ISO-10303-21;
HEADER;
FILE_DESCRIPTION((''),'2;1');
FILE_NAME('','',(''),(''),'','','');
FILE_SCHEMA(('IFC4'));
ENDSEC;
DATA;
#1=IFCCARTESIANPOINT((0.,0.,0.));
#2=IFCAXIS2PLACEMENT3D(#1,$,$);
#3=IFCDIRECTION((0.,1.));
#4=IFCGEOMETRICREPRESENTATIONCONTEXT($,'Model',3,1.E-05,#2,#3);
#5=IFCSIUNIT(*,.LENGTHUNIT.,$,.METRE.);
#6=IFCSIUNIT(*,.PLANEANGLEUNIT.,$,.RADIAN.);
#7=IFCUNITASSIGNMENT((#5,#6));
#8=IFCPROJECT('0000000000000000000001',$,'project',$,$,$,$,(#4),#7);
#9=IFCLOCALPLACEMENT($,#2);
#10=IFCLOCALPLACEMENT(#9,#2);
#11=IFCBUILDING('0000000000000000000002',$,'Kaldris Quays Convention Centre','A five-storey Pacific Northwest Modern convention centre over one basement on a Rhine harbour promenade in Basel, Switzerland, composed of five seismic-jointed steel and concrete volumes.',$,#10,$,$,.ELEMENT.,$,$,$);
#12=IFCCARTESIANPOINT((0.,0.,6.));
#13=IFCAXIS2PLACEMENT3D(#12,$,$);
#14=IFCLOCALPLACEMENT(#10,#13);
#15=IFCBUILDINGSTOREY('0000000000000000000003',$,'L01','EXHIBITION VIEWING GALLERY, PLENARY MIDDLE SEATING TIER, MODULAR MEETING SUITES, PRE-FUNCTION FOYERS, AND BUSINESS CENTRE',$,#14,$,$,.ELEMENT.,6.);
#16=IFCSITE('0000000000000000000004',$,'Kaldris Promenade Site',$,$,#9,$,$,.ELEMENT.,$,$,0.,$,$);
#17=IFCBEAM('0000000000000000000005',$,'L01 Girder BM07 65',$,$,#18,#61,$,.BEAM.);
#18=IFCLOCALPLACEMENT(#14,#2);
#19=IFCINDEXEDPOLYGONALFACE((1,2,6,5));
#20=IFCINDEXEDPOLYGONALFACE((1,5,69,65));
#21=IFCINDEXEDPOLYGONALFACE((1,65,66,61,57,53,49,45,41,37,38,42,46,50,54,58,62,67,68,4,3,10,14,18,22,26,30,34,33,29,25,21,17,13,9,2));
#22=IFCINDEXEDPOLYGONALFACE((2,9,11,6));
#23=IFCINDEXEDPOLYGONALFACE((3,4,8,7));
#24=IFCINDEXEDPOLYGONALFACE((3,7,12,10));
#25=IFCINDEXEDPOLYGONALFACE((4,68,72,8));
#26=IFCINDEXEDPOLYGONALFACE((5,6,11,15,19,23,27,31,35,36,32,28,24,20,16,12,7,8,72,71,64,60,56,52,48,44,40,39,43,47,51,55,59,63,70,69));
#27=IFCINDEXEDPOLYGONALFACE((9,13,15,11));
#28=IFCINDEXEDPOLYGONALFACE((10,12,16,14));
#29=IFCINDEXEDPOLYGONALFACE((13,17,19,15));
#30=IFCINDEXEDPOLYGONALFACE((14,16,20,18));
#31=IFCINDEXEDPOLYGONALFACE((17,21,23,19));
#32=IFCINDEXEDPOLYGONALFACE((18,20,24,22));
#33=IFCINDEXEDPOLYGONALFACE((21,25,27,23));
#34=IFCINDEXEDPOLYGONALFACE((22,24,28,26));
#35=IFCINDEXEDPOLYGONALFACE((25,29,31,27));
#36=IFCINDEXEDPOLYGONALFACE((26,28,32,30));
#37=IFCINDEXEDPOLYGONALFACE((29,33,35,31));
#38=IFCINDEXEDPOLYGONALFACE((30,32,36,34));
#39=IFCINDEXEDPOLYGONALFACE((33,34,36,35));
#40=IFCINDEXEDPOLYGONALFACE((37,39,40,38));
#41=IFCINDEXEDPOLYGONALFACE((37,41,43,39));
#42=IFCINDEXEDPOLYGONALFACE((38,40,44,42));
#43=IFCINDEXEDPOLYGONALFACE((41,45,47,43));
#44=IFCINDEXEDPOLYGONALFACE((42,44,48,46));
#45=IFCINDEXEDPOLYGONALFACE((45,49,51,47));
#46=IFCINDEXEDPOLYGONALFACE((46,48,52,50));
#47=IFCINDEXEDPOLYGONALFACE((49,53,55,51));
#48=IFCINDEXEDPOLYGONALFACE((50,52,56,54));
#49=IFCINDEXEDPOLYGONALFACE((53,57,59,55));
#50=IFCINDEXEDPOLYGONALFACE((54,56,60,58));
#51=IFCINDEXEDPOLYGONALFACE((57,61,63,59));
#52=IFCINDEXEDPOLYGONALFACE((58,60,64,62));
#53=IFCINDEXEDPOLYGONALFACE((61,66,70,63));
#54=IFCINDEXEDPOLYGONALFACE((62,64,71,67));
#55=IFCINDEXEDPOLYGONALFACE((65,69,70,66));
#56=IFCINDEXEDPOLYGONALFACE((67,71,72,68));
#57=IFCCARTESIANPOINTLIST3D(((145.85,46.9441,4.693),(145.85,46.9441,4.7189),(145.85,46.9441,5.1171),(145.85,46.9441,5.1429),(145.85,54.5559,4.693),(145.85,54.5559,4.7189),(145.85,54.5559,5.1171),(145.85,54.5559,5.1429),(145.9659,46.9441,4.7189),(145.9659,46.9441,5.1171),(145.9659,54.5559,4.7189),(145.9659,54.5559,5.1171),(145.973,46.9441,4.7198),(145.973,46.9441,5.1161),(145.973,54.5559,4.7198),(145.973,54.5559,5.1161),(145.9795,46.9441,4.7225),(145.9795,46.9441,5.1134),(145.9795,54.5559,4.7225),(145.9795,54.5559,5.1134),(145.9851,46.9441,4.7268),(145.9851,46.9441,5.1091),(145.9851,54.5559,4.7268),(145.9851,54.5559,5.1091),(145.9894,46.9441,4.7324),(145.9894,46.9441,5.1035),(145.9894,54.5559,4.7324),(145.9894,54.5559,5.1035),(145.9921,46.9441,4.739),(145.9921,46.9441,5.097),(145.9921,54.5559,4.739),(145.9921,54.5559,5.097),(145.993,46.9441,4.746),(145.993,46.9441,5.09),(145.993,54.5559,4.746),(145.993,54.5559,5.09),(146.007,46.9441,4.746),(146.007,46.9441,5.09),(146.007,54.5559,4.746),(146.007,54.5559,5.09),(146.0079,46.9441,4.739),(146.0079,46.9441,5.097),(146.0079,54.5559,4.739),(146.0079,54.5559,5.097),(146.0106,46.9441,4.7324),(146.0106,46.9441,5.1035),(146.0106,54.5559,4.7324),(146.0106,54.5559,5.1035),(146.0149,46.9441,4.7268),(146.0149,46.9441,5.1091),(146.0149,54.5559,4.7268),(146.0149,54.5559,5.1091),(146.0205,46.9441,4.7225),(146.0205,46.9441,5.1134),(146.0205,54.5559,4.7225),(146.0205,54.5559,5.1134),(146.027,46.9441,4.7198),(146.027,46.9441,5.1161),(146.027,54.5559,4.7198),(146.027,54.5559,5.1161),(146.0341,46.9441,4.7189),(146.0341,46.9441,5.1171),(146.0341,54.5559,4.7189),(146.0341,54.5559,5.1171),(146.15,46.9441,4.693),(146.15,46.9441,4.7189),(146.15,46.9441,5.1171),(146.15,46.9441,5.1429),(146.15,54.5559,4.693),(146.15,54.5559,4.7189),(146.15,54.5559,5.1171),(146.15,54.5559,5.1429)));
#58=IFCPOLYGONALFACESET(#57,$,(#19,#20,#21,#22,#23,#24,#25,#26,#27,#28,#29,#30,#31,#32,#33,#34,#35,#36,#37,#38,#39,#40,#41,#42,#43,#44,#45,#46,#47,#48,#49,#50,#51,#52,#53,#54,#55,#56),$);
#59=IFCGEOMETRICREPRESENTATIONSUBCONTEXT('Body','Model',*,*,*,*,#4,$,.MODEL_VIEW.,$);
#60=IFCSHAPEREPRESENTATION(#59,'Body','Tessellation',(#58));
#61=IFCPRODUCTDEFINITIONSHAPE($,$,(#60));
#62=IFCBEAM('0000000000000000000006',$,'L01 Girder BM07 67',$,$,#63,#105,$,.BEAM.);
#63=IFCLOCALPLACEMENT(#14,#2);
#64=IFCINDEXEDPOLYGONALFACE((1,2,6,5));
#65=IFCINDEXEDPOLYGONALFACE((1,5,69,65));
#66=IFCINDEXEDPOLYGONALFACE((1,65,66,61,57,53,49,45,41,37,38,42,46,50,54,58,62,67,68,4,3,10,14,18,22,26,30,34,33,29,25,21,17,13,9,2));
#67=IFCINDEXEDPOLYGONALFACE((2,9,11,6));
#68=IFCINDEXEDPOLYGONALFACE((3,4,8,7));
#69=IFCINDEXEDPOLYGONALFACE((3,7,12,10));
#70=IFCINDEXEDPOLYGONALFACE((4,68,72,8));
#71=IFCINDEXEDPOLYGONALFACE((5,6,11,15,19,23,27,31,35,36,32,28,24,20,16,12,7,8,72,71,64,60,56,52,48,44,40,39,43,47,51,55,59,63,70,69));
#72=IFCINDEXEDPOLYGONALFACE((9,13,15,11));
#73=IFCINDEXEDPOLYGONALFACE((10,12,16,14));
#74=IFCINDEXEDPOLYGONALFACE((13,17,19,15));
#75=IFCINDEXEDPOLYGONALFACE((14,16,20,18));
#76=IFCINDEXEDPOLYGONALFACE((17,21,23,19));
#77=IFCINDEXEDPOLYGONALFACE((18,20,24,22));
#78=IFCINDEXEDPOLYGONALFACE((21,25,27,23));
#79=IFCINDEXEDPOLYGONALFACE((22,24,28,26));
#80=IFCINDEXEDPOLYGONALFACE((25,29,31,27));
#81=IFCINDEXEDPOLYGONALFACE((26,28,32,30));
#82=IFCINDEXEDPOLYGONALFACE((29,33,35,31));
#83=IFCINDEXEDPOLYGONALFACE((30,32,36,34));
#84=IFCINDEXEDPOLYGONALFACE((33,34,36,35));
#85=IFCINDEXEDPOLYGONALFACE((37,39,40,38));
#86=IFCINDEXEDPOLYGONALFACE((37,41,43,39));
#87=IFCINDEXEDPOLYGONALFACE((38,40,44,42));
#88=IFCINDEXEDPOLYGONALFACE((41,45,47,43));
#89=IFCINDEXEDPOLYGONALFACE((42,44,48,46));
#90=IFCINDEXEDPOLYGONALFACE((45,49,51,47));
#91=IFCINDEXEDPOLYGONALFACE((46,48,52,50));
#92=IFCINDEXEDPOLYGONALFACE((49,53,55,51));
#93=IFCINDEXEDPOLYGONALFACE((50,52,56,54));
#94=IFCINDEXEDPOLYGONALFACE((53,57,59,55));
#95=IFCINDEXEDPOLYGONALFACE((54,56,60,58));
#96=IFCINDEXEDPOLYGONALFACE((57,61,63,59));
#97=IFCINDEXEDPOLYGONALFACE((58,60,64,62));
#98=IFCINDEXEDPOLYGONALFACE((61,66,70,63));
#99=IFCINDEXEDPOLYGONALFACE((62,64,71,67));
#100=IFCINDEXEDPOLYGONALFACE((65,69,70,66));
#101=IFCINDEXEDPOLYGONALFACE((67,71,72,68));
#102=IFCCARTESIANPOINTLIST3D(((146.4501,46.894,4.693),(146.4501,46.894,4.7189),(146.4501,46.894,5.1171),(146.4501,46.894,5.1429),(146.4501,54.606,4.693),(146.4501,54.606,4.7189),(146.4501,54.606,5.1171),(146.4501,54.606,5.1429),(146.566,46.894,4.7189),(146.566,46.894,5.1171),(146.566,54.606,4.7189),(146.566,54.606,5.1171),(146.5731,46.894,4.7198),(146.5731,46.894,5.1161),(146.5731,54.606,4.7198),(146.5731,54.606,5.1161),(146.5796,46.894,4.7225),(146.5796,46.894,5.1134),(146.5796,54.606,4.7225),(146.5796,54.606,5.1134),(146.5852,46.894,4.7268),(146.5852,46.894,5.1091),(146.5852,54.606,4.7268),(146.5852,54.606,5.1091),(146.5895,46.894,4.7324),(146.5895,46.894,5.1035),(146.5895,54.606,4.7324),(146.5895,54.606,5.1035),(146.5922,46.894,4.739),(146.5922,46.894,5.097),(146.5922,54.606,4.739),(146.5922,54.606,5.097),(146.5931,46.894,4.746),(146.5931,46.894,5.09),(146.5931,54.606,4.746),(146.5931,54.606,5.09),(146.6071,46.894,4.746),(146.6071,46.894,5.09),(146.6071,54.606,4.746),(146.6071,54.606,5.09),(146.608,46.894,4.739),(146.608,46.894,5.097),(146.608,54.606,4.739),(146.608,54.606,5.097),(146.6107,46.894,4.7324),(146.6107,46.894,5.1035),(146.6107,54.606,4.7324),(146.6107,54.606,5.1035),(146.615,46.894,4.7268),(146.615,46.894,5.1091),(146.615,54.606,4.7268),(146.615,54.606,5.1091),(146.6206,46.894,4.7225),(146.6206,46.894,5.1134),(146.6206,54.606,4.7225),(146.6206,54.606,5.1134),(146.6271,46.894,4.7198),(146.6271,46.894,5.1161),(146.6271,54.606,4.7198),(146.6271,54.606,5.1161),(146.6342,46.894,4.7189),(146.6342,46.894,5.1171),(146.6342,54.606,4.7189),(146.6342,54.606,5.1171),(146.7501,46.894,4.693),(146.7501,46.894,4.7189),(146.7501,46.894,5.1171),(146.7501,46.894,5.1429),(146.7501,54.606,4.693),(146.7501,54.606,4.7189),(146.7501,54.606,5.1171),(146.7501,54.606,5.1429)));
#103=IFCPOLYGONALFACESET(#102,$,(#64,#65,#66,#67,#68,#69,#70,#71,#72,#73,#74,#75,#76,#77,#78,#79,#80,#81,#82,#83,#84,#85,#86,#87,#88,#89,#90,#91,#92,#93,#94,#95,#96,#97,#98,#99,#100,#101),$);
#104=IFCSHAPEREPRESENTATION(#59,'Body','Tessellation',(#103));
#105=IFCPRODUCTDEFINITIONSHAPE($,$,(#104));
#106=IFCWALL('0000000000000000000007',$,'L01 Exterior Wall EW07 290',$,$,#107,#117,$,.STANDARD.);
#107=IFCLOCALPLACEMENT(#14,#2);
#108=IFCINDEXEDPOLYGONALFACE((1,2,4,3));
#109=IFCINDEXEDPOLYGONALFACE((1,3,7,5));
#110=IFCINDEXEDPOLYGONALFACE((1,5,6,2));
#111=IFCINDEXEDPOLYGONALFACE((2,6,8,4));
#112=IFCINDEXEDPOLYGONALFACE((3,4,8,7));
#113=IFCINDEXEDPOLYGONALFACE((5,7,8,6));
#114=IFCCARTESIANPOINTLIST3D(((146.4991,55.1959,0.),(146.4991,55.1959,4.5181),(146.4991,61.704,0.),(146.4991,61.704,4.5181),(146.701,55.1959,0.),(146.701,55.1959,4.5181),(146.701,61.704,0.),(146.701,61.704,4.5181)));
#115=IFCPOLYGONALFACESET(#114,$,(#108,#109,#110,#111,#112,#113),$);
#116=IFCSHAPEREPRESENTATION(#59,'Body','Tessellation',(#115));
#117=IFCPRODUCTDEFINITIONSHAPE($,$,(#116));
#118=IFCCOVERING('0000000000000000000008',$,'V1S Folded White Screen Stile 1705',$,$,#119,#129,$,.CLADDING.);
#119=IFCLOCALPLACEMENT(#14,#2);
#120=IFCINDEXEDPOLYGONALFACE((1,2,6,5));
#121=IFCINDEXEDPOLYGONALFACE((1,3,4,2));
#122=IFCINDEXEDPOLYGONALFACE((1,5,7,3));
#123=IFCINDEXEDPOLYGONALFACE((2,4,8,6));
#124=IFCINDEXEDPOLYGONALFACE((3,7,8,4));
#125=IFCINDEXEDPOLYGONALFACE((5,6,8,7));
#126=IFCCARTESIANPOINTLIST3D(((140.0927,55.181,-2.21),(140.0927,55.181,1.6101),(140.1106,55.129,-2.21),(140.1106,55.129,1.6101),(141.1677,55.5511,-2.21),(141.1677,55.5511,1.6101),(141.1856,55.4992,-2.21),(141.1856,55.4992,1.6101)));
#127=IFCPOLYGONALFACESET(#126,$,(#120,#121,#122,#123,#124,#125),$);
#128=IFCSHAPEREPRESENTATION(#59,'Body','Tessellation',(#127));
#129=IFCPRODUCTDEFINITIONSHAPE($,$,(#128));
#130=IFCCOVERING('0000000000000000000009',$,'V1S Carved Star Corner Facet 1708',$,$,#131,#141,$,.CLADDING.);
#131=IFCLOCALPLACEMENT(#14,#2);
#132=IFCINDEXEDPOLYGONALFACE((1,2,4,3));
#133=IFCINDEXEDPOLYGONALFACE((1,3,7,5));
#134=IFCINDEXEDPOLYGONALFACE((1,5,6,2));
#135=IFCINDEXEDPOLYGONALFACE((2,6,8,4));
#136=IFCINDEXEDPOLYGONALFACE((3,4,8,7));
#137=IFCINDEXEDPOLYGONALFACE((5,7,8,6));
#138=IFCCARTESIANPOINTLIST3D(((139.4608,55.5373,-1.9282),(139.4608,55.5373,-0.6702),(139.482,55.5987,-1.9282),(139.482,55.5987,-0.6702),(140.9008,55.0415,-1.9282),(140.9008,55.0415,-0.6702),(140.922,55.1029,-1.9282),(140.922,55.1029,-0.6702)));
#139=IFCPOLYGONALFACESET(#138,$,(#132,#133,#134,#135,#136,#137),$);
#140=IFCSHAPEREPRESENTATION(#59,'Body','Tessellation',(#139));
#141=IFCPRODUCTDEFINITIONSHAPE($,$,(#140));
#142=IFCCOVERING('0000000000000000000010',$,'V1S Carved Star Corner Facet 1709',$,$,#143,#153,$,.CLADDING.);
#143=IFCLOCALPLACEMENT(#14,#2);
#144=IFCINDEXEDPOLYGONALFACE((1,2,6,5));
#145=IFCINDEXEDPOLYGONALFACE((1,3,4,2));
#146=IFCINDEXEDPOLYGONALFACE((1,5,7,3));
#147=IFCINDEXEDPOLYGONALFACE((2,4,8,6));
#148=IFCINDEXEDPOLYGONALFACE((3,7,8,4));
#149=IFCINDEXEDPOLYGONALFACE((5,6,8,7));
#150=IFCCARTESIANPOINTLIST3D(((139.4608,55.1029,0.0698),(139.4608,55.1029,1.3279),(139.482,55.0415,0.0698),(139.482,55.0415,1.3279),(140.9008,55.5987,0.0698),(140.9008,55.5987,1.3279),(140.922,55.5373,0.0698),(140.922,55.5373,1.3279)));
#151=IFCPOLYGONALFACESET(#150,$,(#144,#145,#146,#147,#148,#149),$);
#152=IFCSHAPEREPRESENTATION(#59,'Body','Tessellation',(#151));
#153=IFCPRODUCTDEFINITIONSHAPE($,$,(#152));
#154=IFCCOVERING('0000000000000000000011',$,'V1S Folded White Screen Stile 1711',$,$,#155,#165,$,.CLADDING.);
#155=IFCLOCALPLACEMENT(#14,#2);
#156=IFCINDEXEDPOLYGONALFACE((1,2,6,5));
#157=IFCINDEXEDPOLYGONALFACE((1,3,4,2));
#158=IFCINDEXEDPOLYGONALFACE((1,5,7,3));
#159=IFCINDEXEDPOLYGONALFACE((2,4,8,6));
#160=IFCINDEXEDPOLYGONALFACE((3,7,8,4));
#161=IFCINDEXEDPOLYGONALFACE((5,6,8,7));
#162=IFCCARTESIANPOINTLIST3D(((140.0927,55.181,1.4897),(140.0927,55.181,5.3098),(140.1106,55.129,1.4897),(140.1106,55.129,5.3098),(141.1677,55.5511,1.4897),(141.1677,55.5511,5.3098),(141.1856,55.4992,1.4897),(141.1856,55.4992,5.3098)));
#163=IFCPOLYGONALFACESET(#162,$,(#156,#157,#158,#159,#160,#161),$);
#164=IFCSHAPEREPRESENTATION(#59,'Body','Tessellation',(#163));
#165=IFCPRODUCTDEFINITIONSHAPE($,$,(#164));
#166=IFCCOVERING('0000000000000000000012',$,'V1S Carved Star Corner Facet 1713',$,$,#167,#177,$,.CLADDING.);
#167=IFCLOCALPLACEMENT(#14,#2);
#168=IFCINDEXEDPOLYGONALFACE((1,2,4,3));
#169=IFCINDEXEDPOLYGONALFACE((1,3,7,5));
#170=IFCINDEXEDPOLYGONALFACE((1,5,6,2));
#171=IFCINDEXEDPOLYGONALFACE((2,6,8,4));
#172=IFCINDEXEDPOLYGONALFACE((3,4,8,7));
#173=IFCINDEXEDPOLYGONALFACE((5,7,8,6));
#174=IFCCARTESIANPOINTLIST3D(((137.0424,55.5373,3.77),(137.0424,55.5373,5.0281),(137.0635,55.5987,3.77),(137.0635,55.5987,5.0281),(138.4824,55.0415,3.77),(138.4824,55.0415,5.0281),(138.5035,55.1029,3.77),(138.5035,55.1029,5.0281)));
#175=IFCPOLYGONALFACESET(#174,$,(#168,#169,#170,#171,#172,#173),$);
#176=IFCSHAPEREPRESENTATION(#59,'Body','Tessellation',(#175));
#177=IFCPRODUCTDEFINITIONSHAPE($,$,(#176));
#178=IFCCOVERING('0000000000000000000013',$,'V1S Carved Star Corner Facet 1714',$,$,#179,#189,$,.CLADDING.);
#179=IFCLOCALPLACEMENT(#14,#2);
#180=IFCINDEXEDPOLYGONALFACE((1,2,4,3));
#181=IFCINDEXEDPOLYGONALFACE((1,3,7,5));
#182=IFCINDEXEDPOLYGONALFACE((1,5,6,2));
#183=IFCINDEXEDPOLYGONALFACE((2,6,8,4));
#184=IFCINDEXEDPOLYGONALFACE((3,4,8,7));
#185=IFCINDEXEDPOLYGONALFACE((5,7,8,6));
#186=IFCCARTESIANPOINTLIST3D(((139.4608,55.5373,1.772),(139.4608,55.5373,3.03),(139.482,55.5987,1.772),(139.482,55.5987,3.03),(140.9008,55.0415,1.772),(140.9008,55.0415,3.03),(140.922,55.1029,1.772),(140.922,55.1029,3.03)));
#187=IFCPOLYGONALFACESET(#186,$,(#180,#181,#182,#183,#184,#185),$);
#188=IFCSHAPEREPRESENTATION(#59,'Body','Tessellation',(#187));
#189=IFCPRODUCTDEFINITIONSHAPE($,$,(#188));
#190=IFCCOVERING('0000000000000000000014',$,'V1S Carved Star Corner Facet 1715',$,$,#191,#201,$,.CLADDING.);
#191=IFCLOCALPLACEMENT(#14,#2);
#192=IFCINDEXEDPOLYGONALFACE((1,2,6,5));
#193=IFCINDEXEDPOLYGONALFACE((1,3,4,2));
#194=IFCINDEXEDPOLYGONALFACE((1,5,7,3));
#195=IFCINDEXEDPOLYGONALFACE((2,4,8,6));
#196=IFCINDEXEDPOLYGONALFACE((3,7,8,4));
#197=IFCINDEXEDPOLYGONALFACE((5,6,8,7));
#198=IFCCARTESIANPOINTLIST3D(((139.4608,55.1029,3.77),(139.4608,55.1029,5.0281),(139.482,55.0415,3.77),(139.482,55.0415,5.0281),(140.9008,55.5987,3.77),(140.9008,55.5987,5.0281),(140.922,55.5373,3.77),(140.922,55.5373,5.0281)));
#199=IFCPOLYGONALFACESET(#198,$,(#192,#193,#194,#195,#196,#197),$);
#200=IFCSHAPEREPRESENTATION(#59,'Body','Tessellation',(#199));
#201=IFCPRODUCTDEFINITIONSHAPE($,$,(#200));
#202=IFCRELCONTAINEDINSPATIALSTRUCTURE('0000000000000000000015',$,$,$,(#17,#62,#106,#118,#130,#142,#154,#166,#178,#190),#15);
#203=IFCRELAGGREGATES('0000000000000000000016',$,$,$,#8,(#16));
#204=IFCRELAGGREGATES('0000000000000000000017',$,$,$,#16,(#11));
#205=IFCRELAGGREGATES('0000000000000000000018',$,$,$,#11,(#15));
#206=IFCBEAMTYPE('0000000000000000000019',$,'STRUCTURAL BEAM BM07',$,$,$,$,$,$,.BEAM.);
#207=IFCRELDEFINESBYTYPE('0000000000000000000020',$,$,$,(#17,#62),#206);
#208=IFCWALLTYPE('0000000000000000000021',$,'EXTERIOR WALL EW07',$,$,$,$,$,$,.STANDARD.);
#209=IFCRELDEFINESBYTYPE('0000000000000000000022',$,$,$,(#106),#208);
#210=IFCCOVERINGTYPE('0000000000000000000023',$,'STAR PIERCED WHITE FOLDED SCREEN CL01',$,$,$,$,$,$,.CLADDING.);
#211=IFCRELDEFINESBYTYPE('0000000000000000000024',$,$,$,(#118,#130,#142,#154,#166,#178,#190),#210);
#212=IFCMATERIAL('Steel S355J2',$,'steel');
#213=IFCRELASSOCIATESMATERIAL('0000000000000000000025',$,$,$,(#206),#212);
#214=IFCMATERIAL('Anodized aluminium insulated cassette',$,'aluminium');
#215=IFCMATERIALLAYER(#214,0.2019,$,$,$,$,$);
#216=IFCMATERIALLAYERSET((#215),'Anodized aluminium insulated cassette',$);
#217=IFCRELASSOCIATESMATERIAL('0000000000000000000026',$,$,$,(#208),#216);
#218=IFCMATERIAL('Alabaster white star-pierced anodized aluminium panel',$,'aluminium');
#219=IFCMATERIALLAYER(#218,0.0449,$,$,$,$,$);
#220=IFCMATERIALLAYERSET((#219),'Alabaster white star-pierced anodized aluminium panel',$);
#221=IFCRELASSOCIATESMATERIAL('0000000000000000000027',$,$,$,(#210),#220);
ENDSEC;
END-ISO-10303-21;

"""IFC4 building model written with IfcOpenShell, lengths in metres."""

from ifc_helpers import new_model, si_unit, direction, frame, frame_2d, origin, origin_2d, place, context, subcontext, project, spatial, rectangle, i_section, extrude, material, layer, layer_set, material_profile, profile_set, type_object, element, save


model = new_model("IFC4")

# Units and contexts
model_context = context("Model", 3, precision=1e-05, world=origin(), true_north=direction((0.0, 1.0)))
body_context = subcontext(model_context, "Body", "Model", "MODEL_VIEW")
ifc_project = project(units=[si_unit("LENGTHUNIT", "METRE"), si_unit("PLANEANGLEUNIT", "RADIAN")], contexts=[model_context])

# Site, building, storey
site_placement = place(None, origin())
site = spatial("IfcSite", under=ifc_project, at=site_placement, Name="Kaldris Promenade Site", CompositionType="ELEMENT", RefElevation=0.0)
building_placement = place(site_placement, origin())
building = spatial("IfcBuilding", under=site, at=building_placement, Name="Kaldris Quays Convention Centre", Description="A five-storey Pacific Northwest Modern convention centre over one basement on a Rhine harbour promenade in Basel, Switzerland, composed of five seismic-jointed steel and concrete volumes.", CompositionType="ELEMENT")
storey_placement = place(building_placement, frame((0.0, 0.0, 6.0)))
storey = spatial("IfcBuildingStorey", under=building, at=storey_placement, Name="L01", Description="EXHIBITION VIEWING GALLERY, PLENARY MIDDLE SEATING TIER, MODULAR MEETING SUITES, PRE-FUNCTION FOYERS, AND BUSINESS CENTRE", CompositionType="ELEMENT", Elevation=6.0)

# Shared definitions
ifc_material_1 = material(Name="Steel S355J2", Category="steel")

# Beams
ifc_material_profile_1 = material_profile(ifc_material_1, i_section(OverallWidth=0.3, OverallDepth=0.45, WebThickness=0.0139, FlangeThickness=0.0259, FilletRadius=0.0271, at=origin_2d()), Name="HEB 450")
ifc_profile_set_1 = profile_set([ifc_material_profile_1], Name="Steel S355J2")
beam_type_1 = type_object("IfcBeamType", Name="STRUCTURAL BEAM BM07", PredefinedType="BEAM", material=ifc_profile_set_1)
beam_1_placement = place(storey_placement, frame((146.0, 46.9441, 4.918), z_axis=(0.0, 1.0, 0.0), x_axis=(-1.0, 0.0, 0.0)))
element("IfcBeam", 1, at=beam_1_placement, inside=storey, type_object=beam_type_1, Name="L01 Girder BM07 65", PredefinedType="BEAM", context=body_context, shape_type="SweptSolid", body=[
    extrude(i_section(OverallWidth=0.3, OverallDepth=0.45, WebThickness=0.0139, FlangeThickness=0.0259, FilletRadius=0.0271, at=origin_2d()), origin(), (0.0, 0.0, 1.0), 7.6118),
])
beam_2_placement = place(storey_placement, frame((146.6001, 46.894, 4.918), z_axis=(0.0, 1.0, 0.0), x_axis=(-1.0, 0.0, 0.0)))
element("IfcBeam", 2, at=beam_2_placement, inside=storey, type_object=beam_type_1, Name="L01 Girder BM07 67", PredefinedType="BEAM", context=body_context, shape_type="SweptSolid", body=[
    extrude(i_section(OverallWidth=0.3, OverallDepth=0.45, WebThickness=0.0139, FlangeThickness=0.0259, FilletRadius=0.0271, at=origin_2d()), origin(), (0.0, 0.0, 1.0), 7.7119),
])

# Wall
ifc_material_2 = material(Name="Anodized aluminium insulated cassette", Category="aluminium")
ifc_layer_1 = layer(ifc_material_2, 0.2019)
ifc_layer_set_1 = layer_set([ifc_layer_1], Name="Anodized aluminium insulated cassette")
wall_type = type_object("IfcWallType", Name="EXTERIOR WALL EW07", PredefinedType="STANDARD", material=ifc_layer_set_1)
wall_placement = place(storey_placement, frame((146.6001, 55.196, 0.0), z_axis=(0.0, 0.0, 1.0), x_axis=(0.0, 1.0, 0.0)))
element("IfcWall", 3, at=wall_placement, inside=storey, type_object=wall_type, Name="L01 Exterior Wall EW07 290", PredefinedType="STANDARD", context=body_context, shape_type="SweptSolid", body=[
    extrude(rectangle(XDim=6.5081, YDim=0.2019, at=frame_2d((3.2539, 0.0))), origin(), (0.0, 0.0, 1.0), 4.5181),
])

# Coverings
ifc_material_3 = material(Name="Alabaster white star-pierced anodized aluminium panel", Category="aluminium")
ifc_layer_2 = layer(ifc_material_3, 0.0449)
ifc_layer_set_2 = layer_set([ifc_layer_2], Name="Alabaster white star-pierced anodized aluminium panel")
covering_type = type_object("IfcCoveringType", Name="STAR PIERCED WHITE FOLDED SCREEN CL01", PredefinedType="CLADDING", material=ifc_layer_set_2)
covering_1_placement = place(storey_placement, frame((140.6392, 55.3401, -2.21), z_axis=(0.0, 0.0, 1.0), x_axis=(0.945519, 0.325568, 0.0)))
element("IfcCovering", 4, at=covering_1_placement, inside=storey, type_object=covering_type, Name="V1S Folded White Screen Stile 1705", PredefinedType="CLADDING", context=body_context, shape_type="SweptSolid", body=[
    extrude(rectangle(XDim=1.137, YDim=0.0549, at=origin_2d()), origin(), (0.0, 0.0, 1.0), 3.8201),
])
for number, where, z_axis, x_axis, name in (
    (5, (140.1914, 55.3201, -1.9282), (0.0, 0.0, 1.0), (0.945519, -0.325568, 0.0), "V1S Carved Star Corner Facet 1708"),
    (6, (140.1914, 55.3201, 0.0698), (0.0, 0.0, 1.0), (0.945519, 0.325568, 0.0), "V1S Carved Star Corner Facet 1709"),
):
    element("IfcCovering", number, at=place(storey_placement, frame(where, z_axis=z_axis, x_axis=x_axis)), inside=storey, type_object=covering_type, Name=name, PredefinedType="CLADDING", context=body_context, shape_type="SweptSolid", body=[
        extrude(rectangle(XDim=1.5229, YDim=0.0649, at=origin_2d()), origin(), (0.0, 0.0, 1.0), 1.2581),
    ])
covering_2_placement = place(storey_placement, frame((140.6392, 55.3401, 1.4897), z_axis=(0.0, 0.0, 1.0), x_axis=(0.945519, 0.325568, 0.0)))
element("IfcCovering", 7, at=covering_2_placement, inside=storey, type_object=covering_type, Name="V1S Folded White Screen Stile 1711", PredefinedType="CLADDING", context=body_context, shape_type="SweptSolid", body=[
    extrude(rectangle(XDim=1.137, YDim=0.0549, at=origin_2d()), origin(), (0.0, 0.0, 1.0), 3.8201),
])
for number, where, z_axis, x_axis, name in (
    (8, (137.7729, 55.3201, 3.77), (0.0, 0.0, 1.0), (0.945519, -0.325568, 0.0), "V1S Carved Star Corner Facet 1713"),
    (9, (140.1914, 55.3201, 1.772), (0.0, 0.0, 1.0), (0.945519, -0.325568, 0.0), "V1S Carved Star Corner Facet 1714"),
    (10, (140.1914, 55.3201, 3.77), (0.0, 0.0, 1.0), (0.945519, 0.325568, 0.0), "V1S Carved Star Corner Facet 1715"),
):
    element("IfcCovering", number, at=place(storey_placement, frame(where, z_axis=z_axis, x_axis=x_axis)), inside=storey, type_object=covering_type, Name=name, PredefinedType="CLADDING", context=body_context, shape_type="SweptSolid", body=[
        extrude(rectangle(XDim=1.5229, YDim=0.0649, at=origin_2d()), origin(), (0.0, 0.0, 1.0), 1.2581),
    ])

save(model, "model.ifc")
